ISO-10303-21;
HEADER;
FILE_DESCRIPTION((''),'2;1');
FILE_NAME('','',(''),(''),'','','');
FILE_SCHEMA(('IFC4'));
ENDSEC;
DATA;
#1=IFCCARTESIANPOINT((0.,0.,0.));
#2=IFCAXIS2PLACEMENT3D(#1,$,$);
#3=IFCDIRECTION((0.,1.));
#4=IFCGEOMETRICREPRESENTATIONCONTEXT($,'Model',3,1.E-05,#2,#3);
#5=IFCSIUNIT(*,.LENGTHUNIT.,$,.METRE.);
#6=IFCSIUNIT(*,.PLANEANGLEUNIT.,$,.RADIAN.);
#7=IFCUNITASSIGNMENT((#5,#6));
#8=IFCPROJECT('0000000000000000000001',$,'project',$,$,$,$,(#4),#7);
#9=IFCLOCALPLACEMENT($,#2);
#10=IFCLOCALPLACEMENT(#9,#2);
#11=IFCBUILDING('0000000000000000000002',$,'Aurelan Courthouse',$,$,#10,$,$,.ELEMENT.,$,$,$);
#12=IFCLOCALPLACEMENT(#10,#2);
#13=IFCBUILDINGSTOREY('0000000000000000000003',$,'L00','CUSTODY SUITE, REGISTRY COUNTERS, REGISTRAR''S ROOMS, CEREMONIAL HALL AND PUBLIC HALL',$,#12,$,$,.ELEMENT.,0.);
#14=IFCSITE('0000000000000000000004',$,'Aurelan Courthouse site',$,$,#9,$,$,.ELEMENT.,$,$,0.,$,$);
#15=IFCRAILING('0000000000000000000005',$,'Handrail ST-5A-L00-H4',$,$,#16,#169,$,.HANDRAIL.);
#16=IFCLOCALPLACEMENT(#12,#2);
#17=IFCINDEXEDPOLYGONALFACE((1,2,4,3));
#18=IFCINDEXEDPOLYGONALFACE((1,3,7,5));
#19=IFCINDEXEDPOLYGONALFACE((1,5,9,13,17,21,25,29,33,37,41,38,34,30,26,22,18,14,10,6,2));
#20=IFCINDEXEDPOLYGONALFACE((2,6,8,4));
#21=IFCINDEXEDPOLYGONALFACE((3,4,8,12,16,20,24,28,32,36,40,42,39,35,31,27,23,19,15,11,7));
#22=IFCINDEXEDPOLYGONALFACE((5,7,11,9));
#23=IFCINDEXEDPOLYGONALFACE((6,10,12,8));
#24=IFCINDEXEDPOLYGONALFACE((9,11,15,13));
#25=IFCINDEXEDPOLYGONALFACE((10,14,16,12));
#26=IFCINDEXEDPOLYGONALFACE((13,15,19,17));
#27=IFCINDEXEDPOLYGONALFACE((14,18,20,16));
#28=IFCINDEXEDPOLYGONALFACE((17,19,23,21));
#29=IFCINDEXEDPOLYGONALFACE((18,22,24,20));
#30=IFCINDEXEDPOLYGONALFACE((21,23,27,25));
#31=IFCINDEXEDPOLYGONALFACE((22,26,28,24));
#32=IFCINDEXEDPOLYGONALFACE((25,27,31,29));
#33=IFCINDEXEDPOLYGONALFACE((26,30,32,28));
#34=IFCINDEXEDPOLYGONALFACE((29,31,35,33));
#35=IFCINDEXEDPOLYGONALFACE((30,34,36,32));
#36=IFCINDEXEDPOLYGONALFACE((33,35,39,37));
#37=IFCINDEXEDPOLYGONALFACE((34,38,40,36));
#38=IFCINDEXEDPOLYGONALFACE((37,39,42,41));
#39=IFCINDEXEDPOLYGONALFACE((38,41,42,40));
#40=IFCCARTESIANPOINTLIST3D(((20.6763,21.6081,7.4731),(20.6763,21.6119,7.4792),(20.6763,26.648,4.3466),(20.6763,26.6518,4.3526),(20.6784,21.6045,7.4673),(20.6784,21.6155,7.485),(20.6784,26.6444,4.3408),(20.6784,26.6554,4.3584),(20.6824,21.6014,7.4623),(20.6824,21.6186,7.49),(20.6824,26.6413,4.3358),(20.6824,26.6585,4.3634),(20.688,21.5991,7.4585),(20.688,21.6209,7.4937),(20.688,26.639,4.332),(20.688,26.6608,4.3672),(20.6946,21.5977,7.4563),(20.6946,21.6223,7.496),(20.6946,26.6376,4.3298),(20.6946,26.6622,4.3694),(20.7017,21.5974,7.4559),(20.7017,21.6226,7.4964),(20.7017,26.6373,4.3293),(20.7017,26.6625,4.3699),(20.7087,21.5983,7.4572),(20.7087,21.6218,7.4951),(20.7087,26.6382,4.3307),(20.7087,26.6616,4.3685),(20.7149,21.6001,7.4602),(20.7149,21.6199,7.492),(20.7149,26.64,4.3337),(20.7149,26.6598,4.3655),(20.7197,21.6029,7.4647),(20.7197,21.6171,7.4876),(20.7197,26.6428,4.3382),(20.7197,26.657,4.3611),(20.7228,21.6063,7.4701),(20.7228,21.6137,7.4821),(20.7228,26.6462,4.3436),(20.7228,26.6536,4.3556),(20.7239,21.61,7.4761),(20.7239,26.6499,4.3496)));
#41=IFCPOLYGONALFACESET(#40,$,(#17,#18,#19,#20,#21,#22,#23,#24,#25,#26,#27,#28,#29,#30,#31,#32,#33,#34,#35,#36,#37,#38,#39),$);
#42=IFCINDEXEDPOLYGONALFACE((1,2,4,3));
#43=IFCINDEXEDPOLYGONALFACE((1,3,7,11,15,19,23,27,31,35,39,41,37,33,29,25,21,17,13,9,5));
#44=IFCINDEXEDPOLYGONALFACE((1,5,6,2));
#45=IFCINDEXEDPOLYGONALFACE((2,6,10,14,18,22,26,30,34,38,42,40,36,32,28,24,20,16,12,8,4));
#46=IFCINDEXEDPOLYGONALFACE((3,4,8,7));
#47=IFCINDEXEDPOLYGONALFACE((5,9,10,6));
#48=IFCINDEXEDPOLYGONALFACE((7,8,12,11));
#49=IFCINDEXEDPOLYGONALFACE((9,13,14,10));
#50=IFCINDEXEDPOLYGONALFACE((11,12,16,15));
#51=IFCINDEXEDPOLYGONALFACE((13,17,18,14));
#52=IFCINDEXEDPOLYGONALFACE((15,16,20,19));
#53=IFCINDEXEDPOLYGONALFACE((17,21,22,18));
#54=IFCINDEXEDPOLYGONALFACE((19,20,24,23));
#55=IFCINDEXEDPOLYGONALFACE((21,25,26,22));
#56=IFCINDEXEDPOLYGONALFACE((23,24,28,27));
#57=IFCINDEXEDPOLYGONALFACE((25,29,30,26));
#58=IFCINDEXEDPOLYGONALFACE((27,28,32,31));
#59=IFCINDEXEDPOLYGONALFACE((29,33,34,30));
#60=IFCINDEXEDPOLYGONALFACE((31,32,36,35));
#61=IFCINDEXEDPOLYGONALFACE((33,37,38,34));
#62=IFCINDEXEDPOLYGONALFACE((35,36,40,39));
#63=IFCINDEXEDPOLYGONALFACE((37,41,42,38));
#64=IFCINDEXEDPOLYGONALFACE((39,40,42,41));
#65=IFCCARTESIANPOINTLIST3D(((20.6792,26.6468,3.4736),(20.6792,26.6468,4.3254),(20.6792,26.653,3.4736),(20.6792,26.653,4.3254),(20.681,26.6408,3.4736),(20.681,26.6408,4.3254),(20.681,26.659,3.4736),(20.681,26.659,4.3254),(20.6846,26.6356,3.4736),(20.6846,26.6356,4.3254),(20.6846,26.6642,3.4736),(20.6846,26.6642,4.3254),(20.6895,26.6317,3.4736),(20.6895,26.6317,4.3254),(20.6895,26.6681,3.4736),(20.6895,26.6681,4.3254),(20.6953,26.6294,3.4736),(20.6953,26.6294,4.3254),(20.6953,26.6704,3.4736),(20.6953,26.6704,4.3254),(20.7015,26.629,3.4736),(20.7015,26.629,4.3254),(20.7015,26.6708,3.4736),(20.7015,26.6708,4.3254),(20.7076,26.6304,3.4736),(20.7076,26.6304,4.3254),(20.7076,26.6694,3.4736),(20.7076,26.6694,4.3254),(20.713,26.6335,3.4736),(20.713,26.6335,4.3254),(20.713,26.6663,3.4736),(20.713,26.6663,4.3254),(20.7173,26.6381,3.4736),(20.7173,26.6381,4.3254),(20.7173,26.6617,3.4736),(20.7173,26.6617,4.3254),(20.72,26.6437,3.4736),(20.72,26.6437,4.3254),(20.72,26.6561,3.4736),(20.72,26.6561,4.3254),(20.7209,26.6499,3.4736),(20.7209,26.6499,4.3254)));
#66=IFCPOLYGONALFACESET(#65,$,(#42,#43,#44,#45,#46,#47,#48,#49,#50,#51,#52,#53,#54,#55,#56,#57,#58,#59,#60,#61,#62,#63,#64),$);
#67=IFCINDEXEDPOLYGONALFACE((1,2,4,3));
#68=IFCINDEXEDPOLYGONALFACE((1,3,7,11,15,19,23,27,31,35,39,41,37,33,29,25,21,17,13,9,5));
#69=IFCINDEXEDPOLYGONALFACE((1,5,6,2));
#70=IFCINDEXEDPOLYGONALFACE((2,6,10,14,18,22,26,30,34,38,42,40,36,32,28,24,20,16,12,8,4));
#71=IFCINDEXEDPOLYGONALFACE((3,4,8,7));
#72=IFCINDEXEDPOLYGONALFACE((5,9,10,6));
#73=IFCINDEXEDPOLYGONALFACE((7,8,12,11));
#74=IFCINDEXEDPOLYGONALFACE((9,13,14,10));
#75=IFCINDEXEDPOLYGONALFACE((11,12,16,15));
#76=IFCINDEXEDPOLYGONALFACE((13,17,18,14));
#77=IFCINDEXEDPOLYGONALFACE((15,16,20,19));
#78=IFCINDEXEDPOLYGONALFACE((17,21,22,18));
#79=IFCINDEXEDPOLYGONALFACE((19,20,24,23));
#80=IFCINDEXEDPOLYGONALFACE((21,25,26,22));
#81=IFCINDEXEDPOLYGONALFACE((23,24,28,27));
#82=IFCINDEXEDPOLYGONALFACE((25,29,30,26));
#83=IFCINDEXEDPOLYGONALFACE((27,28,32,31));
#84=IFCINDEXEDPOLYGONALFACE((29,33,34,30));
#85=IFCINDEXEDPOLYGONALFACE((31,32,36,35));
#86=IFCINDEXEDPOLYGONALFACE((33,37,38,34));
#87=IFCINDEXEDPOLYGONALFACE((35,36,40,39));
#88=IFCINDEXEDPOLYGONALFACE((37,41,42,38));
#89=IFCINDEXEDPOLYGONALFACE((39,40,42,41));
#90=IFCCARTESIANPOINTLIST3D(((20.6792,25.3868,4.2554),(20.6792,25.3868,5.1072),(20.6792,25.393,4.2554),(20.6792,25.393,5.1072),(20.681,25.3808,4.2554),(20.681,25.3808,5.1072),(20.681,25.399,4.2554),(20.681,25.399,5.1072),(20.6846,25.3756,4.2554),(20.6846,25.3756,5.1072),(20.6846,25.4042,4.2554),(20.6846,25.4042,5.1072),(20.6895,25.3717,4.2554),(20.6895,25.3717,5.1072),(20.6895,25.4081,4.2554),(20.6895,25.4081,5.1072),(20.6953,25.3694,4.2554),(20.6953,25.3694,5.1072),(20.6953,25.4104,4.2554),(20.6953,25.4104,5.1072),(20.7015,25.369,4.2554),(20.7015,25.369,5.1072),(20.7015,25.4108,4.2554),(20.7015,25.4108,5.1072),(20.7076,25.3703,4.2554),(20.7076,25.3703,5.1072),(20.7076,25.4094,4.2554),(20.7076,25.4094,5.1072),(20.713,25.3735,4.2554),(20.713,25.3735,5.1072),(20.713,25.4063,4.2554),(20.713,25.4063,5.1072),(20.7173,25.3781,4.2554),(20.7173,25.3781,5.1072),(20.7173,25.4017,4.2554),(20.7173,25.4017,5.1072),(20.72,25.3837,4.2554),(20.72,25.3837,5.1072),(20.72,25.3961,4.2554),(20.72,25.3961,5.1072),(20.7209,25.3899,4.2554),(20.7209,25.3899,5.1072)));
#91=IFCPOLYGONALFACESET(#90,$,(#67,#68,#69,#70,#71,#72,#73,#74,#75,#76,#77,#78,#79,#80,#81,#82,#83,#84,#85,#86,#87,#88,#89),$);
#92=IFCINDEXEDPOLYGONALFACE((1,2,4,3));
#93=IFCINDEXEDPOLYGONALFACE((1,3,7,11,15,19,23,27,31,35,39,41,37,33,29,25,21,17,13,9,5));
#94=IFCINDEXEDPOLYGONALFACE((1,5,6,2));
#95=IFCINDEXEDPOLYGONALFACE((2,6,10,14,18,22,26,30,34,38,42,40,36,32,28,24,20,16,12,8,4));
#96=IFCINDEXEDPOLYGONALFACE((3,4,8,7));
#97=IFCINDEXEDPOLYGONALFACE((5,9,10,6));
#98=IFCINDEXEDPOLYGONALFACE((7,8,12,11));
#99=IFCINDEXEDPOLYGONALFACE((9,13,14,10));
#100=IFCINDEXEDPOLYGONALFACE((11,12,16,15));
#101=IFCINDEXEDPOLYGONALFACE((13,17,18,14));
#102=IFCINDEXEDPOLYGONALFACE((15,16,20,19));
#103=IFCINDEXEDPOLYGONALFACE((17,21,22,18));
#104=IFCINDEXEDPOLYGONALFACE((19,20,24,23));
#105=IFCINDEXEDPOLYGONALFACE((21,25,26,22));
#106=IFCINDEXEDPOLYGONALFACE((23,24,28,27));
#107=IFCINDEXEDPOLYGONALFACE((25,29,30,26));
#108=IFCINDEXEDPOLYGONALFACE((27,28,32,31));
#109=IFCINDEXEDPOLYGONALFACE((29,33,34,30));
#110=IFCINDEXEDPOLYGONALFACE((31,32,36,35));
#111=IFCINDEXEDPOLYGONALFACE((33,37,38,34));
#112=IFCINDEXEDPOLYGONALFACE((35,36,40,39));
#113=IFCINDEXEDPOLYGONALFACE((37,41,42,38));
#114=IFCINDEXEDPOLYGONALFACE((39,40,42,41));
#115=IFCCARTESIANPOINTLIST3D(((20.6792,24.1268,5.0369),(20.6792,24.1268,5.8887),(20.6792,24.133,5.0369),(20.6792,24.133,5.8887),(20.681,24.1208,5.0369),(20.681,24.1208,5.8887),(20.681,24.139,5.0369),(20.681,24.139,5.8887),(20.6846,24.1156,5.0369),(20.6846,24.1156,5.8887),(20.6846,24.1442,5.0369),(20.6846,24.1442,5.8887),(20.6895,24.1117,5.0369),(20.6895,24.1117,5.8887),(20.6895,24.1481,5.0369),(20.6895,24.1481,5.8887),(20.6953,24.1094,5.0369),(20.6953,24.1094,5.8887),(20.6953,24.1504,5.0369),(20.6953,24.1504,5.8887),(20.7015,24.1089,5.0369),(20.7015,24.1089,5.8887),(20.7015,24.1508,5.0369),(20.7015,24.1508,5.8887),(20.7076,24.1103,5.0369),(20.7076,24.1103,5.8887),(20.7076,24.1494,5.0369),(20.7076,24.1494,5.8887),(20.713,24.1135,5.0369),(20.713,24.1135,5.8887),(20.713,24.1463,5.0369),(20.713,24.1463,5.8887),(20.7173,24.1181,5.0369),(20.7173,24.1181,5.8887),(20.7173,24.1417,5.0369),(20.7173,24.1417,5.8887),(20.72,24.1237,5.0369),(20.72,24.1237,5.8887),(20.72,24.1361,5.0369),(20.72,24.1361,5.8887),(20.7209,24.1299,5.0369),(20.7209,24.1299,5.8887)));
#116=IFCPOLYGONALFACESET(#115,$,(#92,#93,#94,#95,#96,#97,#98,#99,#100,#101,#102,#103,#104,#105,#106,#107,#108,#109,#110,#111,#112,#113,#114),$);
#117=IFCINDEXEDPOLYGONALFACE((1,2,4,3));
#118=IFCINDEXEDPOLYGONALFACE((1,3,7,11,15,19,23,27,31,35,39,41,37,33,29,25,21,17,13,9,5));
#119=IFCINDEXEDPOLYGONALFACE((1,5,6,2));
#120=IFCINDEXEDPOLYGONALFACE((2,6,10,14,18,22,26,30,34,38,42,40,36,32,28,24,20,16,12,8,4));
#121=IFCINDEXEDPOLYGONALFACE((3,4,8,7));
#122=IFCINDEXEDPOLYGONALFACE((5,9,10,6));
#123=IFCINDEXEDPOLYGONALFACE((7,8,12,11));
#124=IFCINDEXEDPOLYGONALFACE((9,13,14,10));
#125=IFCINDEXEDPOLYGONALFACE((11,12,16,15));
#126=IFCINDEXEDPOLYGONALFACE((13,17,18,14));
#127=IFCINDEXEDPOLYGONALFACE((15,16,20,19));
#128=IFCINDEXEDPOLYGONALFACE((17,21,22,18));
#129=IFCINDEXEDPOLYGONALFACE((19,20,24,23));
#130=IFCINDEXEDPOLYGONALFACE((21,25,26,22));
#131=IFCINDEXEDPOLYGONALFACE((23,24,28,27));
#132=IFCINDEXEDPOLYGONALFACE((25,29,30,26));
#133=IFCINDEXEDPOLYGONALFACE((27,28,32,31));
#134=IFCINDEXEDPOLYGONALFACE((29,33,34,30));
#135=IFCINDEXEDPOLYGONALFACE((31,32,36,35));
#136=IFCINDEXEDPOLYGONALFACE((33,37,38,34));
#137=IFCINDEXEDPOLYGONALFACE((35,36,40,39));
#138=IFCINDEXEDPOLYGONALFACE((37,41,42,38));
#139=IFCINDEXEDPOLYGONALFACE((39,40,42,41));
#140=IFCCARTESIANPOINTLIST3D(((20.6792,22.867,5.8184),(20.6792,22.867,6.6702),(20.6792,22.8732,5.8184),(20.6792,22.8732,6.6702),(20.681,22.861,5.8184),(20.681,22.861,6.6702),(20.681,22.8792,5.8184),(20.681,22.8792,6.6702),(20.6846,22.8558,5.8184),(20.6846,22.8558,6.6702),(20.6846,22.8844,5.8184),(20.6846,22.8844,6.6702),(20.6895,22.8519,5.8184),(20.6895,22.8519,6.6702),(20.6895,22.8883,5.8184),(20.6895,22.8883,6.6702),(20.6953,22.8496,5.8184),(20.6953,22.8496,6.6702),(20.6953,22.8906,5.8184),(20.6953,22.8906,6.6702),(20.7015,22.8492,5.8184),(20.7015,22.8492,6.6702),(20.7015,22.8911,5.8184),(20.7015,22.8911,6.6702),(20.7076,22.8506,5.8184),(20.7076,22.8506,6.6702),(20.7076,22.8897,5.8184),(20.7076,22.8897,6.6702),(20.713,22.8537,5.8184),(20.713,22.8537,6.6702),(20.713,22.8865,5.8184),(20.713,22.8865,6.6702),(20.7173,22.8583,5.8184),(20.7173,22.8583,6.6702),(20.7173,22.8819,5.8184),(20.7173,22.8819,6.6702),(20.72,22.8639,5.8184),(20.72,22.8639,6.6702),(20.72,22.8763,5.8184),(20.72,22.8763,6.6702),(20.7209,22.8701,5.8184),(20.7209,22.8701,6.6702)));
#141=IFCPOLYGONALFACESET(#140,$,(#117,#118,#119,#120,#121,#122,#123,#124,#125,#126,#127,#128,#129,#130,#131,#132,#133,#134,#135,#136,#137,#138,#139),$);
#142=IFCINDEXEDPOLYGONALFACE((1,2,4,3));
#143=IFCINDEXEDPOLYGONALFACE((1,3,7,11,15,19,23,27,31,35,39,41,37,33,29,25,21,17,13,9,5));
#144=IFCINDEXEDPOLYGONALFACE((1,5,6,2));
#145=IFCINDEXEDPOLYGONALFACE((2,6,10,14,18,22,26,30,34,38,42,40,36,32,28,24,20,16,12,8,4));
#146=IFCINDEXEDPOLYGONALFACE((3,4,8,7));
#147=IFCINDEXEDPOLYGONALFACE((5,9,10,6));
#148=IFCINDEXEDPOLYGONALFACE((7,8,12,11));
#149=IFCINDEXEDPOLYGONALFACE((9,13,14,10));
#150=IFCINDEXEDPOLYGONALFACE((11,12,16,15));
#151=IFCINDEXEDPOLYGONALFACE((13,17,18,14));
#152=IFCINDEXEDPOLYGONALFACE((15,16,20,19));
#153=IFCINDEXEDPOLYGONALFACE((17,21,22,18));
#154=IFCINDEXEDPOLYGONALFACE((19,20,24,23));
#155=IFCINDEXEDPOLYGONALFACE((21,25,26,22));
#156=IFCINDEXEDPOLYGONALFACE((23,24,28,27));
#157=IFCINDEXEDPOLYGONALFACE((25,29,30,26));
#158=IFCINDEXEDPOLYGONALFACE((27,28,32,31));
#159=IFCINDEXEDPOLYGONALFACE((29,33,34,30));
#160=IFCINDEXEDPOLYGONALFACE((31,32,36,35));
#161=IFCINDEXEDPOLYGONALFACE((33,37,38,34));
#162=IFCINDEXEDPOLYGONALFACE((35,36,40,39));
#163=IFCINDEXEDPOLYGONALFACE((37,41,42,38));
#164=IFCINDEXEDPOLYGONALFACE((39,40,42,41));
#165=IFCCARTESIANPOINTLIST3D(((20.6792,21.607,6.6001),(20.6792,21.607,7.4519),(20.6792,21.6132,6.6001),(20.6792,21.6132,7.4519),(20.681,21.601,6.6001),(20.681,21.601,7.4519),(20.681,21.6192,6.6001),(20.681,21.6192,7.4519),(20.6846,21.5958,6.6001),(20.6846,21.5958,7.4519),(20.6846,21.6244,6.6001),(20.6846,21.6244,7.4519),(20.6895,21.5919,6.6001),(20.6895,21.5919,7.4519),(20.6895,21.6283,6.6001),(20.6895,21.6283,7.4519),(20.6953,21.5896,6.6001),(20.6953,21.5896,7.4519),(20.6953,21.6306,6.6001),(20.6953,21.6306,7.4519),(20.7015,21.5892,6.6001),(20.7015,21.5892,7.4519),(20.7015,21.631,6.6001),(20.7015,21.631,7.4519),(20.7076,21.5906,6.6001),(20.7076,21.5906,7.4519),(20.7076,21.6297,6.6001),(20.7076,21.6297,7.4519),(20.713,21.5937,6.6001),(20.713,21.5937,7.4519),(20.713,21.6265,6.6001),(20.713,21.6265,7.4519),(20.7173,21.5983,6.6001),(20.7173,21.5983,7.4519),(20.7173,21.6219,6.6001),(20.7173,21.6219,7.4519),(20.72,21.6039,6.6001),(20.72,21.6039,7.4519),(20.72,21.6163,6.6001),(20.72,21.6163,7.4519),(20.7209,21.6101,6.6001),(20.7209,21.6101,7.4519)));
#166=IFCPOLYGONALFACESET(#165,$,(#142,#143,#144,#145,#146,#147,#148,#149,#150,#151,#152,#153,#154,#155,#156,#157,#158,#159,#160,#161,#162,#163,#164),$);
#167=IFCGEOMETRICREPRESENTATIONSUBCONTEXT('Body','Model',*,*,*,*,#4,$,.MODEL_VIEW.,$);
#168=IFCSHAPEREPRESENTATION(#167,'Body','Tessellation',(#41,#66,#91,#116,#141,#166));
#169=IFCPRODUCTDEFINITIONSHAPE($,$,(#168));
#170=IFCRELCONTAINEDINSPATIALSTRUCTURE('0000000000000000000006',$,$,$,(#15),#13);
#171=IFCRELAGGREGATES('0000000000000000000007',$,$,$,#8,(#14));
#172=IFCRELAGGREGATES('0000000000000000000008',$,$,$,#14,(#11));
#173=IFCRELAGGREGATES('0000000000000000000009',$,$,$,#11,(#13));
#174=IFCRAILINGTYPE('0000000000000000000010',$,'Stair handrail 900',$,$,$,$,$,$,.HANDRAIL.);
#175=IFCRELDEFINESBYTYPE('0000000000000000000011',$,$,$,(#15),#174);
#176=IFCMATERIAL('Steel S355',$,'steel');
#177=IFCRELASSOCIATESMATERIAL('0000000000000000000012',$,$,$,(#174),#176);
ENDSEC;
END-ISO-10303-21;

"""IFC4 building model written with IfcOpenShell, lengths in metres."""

from ifc_helpers import new_model, si_unit, direction, frame, origin, origin_2d, place, context, subcontext, project, spatial, circle, extrude, material, type_object, element, save


model = new_model("IFC4")

# Units and contexts
model_context = context("Model", 3, precision=1e-05, world=origin(), true_north=direction((0.0, 1.0)))
body_context = subcontext(model_context, "Body", "Model", "MODEL_VIEW")
ifc_project = project(units=[si_unit("LENGTHUNIT", "METRE"), si_unit("PLANEANGLEUNIT", "RADIAN")], contexts=[model_context])

# Site, building, storey
site_placement = place(None, origin())
site = spatial("IfcSite", under=ifc_project, at=site_placement, Name="Aurelan Courthouse site", CompositionType="ELEMENT", RefElevation=0.0)
building_placement = place(site_placement, origin())
building = spatial("IfcBuilding", under=site, at=building_placement, Name="Aurelan Courthouse", CompositionType="ELEMENT")
storey_placement = place(building_placement, origin())
storey = spatial("IfcBuildingStorey", under=building, at=storey_placement, Name="L00", Description="CUSTODY SUITE, REGISTRY COUNTERS, REGISTRAR'S ROOMS, CEREMONIAL HALL AND PUBLIC HALL", CompositionType="ELEMENT", Elevation=0.0)

# Railing
ifc_material_1 = material(Name="Steel S355", Category="steel")
railing_type_1 = type_object("IfcRailingType", Name="Stair handrail 900", PredefinedType="HANDRAIL", material=ifc_material_1)
for number, where, name in (
    (1, (20.7, 26.6499, 3.4736), "Handrail ST-5A-L00-H4"),
):
    element("IfcRailing", number, at=place(storey_placement, frame(where)), inside=storey, type_object=railing_type_1, Name=name, PredefinedType="HANDRAIL", context=body_context, shape_type="SweptSolid", body=[
        extrude(circle(Radius=0.0239, at=origin_2d()), frame((0.0, 0.0, 0.876), z_axis=(0.0, -0.849767, 0.527158), x_axis=(1.0, 0.0, 0.0)), (0.0, 0.0, 1.0), 5.9309),
        extrude(circle(Radius=0.021, at=origin_2d()), origin(), (0.0, 0.0, 1.0), 0.8518),
        extrude(circle(Radius=0.021, at=origin_2d()), frame((0.0, -1.26, 0.7817)), (0.0, 0.0, 1.0), 0.8518),
        extrude(circle(Radius=0.021, at=origin_2d()), frame((0.0, -2.52, 1.5632)), (0.0, 0.0, 1.0), 0.8518),
        extrude(circle(Radius=0.021, at=origin_2d()), frame((0.0, -3.7798, 2.3447)), (0.0, 0.0, 1.0), 0.8518),
        extrude(circle(Radius=0.021, at=origin_2d()), frame((0.0, -5.0398, 3.1265)), (0.0, 0.0, 1.0), 0.8518),
    ])

save(model, "model.ifc")
